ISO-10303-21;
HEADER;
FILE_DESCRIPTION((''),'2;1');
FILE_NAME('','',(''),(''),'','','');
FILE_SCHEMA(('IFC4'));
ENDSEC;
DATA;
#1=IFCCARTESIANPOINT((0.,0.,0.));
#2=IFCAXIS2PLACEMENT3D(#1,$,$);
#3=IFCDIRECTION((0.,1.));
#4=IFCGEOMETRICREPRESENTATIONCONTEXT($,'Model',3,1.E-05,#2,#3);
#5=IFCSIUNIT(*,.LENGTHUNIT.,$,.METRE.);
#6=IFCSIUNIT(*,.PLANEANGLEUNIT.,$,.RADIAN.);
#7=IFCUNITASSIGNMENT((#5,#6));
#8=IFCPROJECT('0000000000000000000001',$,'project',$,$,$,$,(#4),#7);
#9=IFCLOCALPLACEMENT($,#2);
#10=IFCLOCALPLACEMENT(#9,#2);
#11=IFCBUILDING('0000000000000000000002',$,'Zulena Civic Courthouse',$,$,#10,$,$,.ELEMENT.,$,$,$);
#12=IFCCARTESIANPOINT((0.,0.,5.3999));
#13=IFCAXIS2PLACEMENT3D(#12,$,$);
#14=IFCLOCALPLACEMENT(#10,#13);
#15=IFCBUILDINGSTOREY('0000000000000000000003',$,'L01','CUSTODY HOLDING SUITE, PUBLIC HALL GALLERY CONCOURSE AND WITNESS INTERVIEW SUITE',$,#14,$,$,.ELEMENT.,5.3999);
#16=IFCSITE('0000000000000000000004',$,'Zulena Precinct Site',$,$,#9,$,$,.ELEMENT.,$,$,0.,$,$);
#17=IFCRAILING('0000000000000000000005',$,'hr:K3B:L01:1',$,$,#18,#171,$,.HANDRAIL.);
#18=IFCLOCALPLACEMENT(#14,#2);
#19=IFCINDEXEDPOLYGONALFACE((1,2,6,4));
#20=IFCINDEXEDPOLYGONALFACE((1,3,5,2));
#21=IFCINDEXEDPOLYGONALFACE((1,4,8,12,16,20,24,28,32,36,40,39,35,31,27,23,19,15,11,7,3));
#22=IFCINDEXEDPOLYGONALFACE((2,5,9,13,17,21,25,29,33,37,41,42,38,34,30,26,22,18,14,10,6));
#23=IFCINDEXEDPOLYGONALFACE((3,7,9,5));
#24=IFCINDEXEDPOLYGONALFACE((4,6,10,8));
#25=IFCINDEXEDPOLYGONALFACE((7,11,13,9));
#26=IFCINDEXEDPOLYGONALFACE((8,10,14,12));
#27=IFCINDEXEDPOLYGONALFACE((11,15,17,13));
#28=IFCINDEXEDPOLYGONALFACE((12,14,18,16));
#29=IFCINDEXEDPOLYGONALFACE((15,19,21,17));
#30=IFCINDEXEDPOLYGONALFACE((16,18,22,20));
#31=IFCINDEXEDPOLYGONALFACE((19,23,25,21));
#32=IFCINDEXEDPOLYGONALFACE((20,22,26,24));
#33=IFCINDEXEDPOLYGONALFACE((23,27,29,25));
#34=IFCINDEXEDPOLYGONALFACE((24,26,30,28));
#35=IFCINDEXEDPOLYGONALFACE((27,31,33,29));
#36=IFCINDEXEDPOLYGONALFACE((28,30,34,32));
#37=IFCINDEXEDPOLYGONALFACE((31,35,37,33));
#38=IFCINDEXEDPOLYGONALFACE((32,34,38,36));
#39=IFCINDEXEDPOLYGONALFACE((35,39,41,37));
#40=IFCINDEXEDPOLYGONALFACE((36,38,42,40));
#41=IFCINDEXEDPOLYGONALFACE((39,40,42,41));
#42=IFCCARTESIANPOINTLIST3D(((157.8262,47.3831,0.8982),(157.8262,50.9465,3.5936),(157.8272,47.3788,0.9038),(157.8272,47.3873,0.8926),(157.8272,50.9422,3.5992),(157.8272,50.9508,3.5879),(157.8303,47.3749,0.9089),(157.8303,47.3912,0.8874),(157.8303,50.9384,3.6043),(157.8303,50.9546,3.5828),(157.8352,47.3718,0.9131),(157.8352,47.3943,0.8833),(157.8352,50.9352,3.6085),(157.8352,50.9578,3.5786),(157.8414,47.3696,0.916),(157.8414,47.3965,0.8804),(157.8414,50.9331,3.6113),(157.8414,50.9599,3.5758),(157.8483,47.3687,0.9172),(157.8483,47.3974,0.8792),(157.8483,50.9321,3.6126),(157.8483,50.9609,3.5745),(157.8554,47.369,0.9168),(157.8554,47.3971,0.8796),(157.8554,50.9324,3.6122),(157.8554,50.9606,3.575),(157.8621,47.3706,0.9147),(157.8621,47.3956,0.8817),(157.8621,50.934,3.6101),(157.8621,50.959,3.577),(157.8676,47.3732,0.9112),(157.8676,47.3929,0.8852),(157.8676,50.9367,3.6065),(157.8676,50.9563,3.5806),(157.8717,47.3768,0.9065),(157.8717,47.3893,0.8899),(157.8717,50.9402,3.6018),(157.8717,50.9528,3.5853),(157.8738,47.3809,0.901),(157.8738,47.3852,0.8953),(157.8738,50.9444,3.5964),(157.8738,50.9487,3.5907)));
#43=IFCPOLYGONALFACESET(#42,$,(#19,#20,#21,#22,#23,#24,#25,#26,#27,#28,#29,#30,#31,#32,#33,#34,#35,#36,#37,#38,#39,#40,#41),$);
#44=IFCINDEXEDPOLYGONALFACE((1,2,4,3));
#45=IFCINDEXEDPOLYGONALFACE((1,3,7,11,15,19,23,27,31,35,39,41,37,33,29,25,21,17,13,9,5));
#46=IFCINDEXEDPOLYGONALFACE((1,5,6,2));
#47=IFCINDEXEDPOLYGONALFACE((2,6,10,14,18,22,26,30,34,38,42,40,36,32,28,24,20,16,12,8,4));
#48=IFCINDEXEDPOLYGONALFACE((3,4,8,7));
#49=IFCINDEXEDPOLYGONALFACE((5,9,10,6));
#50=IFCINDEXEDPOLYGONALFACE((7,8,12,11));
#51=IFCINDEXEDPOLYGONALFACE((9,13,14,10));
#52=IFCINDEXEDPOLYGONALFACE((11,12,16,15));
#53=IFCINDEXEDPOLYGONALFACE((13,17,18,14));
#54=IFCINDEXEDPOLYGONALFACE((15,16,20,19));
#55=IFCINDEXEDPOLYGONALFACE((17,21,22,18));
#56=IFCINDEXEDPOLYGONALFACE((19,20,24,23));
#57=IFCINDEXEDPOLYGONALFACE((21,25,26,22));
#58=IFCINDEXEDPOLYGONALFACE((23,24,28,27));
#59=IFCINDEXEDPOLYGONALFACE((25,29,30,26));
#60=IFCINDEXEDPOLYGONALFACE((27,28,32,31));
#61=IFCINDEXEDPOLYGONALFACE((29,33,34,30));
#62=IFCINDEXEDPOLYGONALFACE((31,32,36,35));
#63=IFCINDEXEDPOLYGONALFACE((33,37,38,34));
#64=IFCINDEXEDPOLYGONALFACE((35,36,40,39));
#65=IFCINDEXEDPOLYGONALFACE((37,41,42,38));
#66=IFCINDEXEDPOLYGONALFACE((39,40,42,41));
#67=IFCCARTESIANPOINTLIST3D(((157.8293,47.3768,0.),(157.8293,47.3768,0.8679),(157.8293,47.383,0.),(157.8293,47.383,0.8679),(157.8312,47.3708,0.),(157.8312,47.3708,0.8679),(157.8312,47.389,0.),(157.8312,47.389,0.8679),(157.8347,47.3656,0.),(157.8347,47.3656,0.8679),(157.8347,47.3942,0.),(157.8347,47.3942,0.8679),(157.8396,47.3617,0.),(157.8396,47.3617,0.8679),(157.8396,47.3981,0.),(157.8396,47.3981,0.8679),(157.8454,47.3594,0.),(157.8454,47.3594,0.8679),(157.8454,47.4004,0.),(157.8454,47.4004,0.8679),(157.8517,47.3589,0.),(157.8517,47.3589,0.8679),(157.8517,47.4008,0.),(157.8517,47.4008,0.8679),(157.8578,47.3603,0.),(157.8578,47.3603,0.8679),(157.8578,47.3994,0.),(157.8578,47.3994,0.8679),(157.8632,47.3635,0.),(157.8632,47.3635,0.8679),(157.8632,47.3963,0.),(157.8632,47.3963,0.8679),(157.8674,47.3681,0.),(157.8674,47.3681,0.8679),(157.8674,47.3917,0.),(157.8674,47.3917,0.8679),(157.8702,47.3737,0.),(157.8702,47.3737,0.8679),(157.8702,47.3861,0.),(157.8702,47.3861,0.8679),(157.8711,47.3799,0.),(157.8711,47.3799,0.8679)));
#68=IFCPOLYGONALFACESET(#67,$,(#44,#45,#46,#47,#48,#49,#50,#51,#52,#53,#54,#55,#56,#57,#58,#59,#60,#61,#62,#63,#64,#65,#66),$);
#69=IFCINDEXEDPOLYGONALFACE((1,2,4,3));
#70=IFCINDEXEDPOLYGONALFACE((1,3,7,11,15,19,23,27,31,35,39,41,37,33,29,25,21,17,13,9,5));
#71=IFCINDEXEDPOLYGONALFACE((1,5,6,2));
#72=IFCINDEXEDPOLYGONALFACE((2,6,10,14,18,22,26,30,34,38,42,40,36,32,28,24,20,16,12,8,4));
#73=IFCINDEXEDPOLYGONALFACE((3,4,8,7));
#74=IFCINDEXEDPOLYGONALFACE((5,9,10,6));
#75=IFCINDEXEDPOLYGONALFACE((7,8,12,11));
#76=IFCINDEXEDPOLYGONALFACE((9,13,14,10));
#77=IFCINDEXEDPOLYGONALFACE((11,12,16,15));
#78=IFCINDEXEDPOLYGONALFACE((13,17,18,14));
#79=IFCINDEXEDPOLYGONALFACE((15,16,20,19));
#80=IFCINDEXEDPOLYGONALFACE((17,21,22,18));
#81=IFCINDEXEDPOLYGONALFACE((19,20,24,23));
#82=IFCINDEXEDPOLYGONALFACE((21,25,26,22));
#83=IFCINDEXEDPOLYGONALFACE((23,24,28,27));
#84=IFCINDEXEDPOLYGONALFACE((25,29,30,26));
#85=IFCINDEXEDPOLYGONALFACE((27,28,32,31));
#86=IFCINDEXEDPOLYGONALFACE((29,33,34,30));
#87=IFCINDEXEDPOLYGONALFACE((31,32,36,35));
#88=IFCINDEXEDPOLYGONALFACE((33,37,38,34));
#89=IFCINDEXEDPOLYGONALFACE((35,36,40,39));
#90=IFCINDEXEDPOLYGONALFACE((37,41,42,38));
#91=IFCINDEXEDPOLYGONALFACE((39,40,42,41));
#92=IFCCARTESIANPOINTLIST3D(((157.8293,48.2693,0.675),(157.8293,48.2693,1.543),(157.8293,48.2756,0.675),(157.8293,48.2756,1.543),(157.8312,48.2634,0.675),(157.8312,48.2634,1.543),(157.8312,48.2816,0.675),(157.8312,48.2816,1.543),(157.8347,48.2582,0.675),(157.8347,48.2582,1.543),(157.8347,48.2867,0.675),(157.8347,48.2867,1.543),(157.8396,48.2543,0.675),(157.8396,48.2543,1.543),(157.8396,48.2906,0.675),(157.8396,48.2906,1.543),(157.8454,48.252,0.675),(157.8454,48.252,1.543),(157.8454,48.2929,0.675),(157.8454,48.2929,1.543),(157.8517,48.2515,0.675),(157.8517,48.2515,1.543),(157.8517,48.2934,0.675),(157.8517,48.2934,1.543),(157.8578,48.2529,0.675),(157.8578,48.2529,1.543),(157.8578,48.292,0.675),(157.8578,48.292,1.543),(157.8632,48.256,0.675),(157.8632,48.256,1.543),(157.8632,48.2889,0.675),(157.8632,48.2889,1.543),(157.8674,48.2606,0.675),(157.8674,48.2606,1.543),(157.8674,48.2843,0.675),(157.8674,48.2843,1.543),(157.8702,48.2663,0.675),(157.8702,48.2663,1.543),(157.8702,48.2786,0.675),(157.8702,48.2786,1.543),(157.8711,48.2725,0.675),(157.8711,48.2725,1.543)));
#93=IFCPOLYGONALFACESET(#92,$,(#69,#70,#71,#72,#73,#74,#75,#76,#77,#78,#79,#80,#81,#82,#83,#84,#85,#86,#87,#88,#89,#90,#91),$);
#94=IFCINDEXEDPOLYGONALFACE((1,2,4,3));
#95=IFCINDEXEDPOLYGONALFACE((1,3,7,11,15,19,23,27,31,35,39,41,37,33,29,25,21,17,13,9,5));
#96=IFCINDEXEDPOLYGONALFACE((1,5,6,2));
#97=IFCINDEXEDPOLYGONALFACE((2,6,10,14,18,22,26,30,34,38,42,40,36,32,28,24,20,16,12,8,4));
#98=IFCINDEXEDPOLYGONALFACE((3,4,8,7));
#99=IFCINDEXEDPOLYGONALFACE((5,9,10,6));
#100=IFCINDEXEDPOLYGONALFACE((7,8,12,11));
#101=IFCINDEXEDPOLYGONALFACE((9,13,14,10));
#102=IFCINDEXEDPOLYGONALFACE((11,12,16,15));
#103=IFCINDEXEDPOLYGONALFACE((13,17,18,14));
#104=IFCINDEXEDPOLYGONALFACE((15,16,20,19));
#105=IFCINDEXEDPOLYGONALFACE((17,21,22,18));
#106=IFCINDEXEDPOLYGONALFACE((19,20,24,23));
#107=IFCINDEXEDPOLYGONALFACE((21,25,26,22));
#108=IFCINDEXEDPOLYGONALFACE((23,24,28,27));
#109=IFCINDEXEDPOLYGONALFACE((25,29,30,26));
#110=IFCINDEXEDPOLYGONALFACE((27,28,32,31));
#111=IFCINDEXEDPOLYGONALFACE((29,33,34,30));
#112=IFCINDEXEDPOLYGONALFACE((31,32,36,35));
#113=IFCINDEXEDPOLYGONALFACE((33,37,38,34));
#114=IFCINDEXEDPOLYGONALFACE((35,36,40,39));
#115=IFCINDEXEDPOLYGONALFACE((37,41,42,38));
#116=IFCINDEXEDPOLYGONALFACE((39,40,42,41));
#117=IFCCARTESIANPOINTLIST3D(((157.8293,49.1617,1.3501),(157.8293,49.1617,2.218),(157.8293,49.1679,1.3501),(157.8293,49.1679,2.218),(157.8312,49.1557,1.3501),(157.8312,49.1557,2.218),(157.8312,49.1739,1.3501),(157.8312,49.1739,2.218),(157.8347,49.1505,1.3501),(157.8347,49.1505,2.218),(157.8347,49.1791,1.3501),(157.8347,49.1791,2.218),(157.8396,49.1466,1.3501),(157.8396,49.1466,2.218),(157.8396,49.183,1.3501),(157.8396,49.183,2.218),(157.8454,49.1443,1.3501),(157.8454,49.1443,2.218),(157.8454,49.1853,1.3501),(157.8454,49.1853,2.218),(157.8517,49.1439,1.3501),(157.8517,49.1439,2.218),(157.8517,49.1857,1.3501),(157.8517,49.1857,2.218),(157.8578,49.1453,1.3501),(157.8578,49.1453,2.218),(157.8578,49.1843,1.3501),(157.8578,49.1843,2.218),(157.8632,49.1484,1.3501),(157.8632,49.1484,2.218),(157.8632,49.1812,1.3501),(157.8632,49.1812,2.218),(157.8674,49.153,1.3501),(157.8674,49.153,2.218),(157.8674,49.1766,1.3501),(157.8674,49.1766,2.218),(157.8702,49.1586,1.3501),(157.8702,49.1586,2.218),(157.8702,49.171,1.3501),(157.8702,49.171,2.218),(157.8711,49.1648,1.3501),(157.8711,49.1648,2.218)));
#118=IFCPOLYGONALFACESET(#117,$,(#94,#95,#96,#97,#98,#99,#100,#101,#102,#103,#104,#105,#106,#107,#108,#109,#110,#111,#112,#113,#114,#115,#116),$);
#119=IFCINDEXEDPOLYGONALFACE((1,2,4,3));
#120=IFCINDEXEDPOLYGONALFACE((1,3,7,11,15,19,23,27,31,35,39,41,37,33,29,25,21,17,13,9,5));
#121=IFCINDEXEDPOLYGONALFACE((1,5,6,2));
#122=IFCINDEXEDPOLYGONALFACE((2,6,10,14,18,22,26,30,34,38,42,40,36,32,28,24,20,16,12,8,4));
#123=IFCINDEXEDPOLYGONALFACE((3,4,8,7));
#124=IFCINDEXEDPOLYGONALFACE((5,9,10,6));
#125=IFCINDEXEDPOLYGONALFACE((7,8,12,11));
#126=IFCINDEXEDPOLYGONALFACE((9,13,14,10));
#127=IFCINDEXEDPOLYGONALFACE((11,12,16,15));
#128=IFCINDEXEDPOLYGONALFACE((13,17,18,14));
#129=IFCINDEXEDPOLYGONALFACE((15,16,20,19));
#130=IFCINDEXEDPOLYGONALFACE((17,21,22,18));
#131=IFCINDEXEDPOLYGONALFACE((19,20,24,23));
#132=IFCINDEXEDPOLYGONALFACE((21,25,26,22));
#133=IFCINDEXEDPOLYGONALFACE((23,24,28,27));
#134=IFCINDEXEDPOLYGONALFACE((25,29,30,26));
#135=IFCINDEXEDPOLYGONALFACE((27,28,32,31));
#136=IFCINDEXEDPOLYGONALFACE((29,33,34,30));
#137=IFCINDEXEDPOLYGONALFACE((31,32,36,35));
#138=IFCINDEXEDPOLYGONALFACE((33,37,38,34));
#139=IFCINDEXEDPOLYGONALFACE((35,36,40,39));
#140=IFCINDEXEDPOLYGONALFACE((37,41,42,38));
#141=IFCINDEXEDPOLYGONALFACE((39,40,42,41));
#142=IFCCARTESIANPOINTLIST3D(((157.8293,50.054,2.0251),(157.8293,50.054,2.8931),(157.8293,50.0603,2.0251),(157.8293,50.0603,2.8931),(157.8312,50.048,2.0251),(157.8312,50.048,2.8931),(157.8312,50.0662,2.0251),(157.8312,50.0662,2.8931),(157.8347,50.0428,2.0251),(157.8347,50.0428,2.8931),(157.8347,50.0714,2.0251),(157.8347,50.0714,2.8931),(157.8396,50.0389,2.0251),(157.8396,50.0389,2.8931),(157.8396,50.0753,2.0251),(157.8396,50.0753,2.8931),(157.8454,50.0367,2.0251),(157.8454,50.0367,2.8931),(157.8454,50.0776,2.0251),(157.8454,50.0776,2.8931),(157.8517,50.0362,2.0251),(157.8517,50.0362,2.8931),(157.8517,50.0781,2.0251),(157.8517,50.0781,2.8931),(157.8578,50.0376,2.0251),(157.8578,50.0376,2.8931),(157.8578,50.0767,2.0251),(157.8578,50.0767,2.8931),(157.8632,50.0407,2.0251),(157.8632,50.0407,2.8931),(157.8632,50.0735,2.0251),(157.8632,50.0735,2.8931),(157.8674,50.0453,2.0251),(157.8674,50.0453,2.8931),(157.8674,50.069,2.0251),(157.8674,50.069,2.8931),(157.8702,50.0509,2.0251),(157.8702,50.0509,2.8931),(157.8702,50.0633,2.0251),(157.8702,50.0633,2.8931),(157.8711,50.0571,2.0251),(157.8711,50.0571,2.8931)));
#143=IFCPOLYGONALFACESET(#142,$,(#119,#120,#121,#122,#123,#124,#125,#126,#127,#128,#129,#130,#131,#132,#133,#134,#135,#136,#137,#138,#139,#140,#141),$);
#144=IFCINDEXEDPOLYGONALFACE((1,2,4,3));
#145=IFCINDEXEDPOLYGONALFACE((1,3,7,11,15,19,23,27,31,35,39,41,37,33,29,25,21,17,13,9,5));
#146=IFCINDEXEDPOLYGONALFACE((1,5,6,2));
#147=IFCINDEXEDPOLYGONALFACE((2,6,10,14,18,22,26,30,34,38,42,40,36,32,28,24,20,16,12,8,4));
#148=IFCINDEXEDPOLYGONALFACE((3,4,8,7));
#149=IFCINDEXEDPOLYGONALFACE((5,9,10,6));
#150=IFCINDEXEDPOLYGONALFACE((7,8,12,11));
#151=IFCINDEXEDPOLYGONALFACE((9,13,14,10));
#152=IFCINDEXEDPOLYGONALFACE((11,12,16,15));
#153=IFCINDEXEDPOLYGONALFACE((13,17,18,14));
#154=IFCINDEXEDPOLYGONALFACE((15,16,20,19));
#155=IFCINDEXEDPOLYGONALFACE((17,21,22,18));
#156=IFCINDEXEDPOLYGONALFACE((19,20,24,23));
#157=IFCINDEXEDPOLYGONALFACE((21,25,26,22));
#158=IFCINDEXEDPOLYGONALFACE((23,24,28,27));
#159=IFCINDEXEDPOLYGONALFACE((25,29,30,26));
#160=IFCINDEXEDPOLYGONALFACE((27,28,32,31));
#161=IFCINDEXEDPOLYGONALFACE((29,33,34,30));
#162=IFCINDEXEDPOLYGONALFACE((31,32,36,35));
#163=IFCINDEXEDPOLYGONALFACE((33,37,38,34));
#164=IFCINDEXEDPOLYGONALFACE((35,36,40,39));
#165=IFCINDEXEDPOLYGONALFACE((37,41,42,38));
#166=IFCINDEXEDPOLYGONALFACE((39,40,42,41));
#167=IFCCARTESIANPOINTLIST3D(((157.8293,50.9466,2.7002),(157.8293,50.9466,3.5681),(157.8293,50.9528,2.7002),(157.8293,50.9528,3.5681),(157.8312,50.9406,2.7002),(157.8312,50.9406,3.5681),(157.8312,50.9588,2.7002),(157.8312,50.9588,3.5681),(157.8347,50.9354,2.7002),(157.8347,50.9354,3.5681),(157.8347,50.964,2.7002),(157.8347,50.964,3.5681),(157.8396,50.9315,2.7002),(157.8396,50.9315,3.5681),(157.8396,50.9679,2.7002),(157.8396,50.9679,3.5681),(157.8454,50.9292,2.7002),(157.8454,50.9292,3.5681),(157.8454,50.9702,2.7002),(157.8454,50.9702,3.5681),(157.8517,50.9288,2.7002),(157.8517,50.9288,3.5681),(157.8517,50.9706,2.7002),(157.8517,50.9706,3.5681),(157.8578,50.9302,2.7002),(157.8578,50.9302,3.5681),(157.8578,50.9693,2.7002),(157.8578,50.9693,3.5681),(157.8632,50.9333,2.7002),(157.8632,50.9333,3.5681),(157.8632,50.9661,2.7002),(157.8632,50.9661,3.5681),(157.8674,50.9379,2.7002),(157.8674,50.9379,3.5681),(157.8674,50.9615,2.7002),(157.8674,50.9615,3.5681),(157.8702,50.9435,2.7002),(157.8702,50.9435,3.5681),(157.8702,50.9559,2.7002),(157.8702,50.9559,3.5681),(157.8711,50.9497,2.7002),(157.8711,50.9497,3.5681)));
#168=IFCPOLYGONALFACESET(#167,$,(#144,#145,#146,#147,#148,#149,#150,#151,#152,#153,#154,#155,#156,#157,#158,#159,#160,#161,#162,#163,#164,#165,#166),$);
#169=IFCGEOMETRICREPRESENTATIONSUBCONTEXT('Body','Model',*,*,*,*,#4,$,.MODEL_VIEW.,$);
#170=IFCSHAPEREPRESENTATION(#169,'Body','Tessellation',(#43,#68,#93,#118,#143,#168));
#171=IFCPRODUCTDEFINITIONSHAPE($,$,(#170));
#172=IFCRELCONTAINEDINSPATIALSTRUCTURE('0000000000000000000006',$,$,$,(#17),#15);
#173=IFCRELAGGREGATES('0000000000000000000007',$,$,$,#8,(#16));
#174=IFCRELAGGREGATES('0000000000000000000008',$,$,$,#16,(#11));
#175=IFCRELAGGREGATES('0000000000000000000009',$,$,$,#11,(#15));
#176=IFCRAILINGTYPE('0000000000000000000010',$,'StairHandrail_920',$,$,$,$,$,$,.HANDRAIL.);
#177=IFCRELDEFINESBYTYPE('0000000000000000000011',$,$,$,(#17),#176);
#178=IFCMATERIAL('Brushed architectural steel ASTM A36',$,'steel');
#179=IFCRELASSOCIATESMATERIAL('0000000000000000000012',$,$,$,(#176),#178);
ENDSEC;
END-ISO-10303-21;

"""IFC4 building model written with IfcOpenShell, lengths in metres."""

from ifc_helpers import new_model, si_unit, direction, frame, origin, origin_2d, place, context, subcontext, project, spatial, circle, extrude, material, type_object, element, save


model = new_model("IFC4")

# Units and contexts
model_context = context("Model", 3, precision=1e-05, world=origin(), true_north=direction((0.0, 1.0)))
body_context = subcontext(model_context, "Body", "Model", "MODEL_VIEW")
ifc_project = project(units=[si_unit("LENGTHUNIT", "METRE"), si_unit("PLANEANGLEUNIT", "RADIAN")], contexts=[model_context])

# Site, building, storey
site_placement = place(None, origin())
site = spatial("IfcSite", under=ifc_project, at=site_placement, Name="Zulena Precinct Site", CompositionType="ELEMENT", RefElevation=0.0)
building_placement = place(site_placement, origin())
building = spatial("IfcBuilding", under=site, at=building_placement, Name="Zulena Civic Courthouse", CompositionType="ELEMENT")
storey_placement = place(building_placement, frame((0.0, 0.0, 5.3999)))
storey = spatial("IfcBuildingStorey", under=building, at=storey_placement, Name="L01", Description="CUSTODY HOLDING SUITE, PUBLIC HALL GALLERY CONCOURSE AND WITNESS INTERVIEW SUITE", CompositionType="ELEMENT", Elevation=5.3999)

# Shared definitions
ifc_material_1 = material(Name="Brushed architectural steel ASTM A36", Category="steel")

# Railing
railing_type_1 = type_object("IfcRailingType", Name="StairHandrail_920", PredefinedType="HANDRAIL", material=ifc_material_1)
railing_1_placement = place(storey_placement, frame((157.8501, 47.3799, 0.0)))
element("IfcRailing", 1, at=railing_1_placement, inside=storey, type_object=railing_type_1, Name="hr:K3B:L01:1", PredefinedType="HANDRAIL", context=body_context, shape_type="SweptSolid", body=[
    extrude(circle(Radius=0.0239, at=origin_2d()), frame((0.0, 0.0032, 0.8982), z_axis=(0.0, 0.797545, 0.603259), x_axis=(-1.0, 0.0, 0.0)), (0.0, 0.0, 1.0), 4.468),
    extrude(circle(Radius=0.021, at=origin_2d()), origin(), (0.0, 0.0, 1.0), 0.8679),
    extrude(circle(Radius=0.021, at=origin_2d()), frame((0.0, 0.8926, 0.675)), (0.0, 0.0, 1.0), 0.8679),
    extrude(circle(Radius=0.021, at=origin_2d()), frame((0.0, 1.7849, 1.3501)), (0.0, 0.0, 1.0), 0.8679),
    extrude(circle(Radius=0.021, at=origin_2d()), frame((0.0, 2.6772, 2.0251)), (0.0, 0.0, 1.0), 0.8679),
    extrude(circle(Radius=0.021, at=origin_2d()), frame((0.0, 3.5698, 2.7002)), (0.0, 0.0, 1.0), 0.8679),
])

save(model, "model.ifc")
